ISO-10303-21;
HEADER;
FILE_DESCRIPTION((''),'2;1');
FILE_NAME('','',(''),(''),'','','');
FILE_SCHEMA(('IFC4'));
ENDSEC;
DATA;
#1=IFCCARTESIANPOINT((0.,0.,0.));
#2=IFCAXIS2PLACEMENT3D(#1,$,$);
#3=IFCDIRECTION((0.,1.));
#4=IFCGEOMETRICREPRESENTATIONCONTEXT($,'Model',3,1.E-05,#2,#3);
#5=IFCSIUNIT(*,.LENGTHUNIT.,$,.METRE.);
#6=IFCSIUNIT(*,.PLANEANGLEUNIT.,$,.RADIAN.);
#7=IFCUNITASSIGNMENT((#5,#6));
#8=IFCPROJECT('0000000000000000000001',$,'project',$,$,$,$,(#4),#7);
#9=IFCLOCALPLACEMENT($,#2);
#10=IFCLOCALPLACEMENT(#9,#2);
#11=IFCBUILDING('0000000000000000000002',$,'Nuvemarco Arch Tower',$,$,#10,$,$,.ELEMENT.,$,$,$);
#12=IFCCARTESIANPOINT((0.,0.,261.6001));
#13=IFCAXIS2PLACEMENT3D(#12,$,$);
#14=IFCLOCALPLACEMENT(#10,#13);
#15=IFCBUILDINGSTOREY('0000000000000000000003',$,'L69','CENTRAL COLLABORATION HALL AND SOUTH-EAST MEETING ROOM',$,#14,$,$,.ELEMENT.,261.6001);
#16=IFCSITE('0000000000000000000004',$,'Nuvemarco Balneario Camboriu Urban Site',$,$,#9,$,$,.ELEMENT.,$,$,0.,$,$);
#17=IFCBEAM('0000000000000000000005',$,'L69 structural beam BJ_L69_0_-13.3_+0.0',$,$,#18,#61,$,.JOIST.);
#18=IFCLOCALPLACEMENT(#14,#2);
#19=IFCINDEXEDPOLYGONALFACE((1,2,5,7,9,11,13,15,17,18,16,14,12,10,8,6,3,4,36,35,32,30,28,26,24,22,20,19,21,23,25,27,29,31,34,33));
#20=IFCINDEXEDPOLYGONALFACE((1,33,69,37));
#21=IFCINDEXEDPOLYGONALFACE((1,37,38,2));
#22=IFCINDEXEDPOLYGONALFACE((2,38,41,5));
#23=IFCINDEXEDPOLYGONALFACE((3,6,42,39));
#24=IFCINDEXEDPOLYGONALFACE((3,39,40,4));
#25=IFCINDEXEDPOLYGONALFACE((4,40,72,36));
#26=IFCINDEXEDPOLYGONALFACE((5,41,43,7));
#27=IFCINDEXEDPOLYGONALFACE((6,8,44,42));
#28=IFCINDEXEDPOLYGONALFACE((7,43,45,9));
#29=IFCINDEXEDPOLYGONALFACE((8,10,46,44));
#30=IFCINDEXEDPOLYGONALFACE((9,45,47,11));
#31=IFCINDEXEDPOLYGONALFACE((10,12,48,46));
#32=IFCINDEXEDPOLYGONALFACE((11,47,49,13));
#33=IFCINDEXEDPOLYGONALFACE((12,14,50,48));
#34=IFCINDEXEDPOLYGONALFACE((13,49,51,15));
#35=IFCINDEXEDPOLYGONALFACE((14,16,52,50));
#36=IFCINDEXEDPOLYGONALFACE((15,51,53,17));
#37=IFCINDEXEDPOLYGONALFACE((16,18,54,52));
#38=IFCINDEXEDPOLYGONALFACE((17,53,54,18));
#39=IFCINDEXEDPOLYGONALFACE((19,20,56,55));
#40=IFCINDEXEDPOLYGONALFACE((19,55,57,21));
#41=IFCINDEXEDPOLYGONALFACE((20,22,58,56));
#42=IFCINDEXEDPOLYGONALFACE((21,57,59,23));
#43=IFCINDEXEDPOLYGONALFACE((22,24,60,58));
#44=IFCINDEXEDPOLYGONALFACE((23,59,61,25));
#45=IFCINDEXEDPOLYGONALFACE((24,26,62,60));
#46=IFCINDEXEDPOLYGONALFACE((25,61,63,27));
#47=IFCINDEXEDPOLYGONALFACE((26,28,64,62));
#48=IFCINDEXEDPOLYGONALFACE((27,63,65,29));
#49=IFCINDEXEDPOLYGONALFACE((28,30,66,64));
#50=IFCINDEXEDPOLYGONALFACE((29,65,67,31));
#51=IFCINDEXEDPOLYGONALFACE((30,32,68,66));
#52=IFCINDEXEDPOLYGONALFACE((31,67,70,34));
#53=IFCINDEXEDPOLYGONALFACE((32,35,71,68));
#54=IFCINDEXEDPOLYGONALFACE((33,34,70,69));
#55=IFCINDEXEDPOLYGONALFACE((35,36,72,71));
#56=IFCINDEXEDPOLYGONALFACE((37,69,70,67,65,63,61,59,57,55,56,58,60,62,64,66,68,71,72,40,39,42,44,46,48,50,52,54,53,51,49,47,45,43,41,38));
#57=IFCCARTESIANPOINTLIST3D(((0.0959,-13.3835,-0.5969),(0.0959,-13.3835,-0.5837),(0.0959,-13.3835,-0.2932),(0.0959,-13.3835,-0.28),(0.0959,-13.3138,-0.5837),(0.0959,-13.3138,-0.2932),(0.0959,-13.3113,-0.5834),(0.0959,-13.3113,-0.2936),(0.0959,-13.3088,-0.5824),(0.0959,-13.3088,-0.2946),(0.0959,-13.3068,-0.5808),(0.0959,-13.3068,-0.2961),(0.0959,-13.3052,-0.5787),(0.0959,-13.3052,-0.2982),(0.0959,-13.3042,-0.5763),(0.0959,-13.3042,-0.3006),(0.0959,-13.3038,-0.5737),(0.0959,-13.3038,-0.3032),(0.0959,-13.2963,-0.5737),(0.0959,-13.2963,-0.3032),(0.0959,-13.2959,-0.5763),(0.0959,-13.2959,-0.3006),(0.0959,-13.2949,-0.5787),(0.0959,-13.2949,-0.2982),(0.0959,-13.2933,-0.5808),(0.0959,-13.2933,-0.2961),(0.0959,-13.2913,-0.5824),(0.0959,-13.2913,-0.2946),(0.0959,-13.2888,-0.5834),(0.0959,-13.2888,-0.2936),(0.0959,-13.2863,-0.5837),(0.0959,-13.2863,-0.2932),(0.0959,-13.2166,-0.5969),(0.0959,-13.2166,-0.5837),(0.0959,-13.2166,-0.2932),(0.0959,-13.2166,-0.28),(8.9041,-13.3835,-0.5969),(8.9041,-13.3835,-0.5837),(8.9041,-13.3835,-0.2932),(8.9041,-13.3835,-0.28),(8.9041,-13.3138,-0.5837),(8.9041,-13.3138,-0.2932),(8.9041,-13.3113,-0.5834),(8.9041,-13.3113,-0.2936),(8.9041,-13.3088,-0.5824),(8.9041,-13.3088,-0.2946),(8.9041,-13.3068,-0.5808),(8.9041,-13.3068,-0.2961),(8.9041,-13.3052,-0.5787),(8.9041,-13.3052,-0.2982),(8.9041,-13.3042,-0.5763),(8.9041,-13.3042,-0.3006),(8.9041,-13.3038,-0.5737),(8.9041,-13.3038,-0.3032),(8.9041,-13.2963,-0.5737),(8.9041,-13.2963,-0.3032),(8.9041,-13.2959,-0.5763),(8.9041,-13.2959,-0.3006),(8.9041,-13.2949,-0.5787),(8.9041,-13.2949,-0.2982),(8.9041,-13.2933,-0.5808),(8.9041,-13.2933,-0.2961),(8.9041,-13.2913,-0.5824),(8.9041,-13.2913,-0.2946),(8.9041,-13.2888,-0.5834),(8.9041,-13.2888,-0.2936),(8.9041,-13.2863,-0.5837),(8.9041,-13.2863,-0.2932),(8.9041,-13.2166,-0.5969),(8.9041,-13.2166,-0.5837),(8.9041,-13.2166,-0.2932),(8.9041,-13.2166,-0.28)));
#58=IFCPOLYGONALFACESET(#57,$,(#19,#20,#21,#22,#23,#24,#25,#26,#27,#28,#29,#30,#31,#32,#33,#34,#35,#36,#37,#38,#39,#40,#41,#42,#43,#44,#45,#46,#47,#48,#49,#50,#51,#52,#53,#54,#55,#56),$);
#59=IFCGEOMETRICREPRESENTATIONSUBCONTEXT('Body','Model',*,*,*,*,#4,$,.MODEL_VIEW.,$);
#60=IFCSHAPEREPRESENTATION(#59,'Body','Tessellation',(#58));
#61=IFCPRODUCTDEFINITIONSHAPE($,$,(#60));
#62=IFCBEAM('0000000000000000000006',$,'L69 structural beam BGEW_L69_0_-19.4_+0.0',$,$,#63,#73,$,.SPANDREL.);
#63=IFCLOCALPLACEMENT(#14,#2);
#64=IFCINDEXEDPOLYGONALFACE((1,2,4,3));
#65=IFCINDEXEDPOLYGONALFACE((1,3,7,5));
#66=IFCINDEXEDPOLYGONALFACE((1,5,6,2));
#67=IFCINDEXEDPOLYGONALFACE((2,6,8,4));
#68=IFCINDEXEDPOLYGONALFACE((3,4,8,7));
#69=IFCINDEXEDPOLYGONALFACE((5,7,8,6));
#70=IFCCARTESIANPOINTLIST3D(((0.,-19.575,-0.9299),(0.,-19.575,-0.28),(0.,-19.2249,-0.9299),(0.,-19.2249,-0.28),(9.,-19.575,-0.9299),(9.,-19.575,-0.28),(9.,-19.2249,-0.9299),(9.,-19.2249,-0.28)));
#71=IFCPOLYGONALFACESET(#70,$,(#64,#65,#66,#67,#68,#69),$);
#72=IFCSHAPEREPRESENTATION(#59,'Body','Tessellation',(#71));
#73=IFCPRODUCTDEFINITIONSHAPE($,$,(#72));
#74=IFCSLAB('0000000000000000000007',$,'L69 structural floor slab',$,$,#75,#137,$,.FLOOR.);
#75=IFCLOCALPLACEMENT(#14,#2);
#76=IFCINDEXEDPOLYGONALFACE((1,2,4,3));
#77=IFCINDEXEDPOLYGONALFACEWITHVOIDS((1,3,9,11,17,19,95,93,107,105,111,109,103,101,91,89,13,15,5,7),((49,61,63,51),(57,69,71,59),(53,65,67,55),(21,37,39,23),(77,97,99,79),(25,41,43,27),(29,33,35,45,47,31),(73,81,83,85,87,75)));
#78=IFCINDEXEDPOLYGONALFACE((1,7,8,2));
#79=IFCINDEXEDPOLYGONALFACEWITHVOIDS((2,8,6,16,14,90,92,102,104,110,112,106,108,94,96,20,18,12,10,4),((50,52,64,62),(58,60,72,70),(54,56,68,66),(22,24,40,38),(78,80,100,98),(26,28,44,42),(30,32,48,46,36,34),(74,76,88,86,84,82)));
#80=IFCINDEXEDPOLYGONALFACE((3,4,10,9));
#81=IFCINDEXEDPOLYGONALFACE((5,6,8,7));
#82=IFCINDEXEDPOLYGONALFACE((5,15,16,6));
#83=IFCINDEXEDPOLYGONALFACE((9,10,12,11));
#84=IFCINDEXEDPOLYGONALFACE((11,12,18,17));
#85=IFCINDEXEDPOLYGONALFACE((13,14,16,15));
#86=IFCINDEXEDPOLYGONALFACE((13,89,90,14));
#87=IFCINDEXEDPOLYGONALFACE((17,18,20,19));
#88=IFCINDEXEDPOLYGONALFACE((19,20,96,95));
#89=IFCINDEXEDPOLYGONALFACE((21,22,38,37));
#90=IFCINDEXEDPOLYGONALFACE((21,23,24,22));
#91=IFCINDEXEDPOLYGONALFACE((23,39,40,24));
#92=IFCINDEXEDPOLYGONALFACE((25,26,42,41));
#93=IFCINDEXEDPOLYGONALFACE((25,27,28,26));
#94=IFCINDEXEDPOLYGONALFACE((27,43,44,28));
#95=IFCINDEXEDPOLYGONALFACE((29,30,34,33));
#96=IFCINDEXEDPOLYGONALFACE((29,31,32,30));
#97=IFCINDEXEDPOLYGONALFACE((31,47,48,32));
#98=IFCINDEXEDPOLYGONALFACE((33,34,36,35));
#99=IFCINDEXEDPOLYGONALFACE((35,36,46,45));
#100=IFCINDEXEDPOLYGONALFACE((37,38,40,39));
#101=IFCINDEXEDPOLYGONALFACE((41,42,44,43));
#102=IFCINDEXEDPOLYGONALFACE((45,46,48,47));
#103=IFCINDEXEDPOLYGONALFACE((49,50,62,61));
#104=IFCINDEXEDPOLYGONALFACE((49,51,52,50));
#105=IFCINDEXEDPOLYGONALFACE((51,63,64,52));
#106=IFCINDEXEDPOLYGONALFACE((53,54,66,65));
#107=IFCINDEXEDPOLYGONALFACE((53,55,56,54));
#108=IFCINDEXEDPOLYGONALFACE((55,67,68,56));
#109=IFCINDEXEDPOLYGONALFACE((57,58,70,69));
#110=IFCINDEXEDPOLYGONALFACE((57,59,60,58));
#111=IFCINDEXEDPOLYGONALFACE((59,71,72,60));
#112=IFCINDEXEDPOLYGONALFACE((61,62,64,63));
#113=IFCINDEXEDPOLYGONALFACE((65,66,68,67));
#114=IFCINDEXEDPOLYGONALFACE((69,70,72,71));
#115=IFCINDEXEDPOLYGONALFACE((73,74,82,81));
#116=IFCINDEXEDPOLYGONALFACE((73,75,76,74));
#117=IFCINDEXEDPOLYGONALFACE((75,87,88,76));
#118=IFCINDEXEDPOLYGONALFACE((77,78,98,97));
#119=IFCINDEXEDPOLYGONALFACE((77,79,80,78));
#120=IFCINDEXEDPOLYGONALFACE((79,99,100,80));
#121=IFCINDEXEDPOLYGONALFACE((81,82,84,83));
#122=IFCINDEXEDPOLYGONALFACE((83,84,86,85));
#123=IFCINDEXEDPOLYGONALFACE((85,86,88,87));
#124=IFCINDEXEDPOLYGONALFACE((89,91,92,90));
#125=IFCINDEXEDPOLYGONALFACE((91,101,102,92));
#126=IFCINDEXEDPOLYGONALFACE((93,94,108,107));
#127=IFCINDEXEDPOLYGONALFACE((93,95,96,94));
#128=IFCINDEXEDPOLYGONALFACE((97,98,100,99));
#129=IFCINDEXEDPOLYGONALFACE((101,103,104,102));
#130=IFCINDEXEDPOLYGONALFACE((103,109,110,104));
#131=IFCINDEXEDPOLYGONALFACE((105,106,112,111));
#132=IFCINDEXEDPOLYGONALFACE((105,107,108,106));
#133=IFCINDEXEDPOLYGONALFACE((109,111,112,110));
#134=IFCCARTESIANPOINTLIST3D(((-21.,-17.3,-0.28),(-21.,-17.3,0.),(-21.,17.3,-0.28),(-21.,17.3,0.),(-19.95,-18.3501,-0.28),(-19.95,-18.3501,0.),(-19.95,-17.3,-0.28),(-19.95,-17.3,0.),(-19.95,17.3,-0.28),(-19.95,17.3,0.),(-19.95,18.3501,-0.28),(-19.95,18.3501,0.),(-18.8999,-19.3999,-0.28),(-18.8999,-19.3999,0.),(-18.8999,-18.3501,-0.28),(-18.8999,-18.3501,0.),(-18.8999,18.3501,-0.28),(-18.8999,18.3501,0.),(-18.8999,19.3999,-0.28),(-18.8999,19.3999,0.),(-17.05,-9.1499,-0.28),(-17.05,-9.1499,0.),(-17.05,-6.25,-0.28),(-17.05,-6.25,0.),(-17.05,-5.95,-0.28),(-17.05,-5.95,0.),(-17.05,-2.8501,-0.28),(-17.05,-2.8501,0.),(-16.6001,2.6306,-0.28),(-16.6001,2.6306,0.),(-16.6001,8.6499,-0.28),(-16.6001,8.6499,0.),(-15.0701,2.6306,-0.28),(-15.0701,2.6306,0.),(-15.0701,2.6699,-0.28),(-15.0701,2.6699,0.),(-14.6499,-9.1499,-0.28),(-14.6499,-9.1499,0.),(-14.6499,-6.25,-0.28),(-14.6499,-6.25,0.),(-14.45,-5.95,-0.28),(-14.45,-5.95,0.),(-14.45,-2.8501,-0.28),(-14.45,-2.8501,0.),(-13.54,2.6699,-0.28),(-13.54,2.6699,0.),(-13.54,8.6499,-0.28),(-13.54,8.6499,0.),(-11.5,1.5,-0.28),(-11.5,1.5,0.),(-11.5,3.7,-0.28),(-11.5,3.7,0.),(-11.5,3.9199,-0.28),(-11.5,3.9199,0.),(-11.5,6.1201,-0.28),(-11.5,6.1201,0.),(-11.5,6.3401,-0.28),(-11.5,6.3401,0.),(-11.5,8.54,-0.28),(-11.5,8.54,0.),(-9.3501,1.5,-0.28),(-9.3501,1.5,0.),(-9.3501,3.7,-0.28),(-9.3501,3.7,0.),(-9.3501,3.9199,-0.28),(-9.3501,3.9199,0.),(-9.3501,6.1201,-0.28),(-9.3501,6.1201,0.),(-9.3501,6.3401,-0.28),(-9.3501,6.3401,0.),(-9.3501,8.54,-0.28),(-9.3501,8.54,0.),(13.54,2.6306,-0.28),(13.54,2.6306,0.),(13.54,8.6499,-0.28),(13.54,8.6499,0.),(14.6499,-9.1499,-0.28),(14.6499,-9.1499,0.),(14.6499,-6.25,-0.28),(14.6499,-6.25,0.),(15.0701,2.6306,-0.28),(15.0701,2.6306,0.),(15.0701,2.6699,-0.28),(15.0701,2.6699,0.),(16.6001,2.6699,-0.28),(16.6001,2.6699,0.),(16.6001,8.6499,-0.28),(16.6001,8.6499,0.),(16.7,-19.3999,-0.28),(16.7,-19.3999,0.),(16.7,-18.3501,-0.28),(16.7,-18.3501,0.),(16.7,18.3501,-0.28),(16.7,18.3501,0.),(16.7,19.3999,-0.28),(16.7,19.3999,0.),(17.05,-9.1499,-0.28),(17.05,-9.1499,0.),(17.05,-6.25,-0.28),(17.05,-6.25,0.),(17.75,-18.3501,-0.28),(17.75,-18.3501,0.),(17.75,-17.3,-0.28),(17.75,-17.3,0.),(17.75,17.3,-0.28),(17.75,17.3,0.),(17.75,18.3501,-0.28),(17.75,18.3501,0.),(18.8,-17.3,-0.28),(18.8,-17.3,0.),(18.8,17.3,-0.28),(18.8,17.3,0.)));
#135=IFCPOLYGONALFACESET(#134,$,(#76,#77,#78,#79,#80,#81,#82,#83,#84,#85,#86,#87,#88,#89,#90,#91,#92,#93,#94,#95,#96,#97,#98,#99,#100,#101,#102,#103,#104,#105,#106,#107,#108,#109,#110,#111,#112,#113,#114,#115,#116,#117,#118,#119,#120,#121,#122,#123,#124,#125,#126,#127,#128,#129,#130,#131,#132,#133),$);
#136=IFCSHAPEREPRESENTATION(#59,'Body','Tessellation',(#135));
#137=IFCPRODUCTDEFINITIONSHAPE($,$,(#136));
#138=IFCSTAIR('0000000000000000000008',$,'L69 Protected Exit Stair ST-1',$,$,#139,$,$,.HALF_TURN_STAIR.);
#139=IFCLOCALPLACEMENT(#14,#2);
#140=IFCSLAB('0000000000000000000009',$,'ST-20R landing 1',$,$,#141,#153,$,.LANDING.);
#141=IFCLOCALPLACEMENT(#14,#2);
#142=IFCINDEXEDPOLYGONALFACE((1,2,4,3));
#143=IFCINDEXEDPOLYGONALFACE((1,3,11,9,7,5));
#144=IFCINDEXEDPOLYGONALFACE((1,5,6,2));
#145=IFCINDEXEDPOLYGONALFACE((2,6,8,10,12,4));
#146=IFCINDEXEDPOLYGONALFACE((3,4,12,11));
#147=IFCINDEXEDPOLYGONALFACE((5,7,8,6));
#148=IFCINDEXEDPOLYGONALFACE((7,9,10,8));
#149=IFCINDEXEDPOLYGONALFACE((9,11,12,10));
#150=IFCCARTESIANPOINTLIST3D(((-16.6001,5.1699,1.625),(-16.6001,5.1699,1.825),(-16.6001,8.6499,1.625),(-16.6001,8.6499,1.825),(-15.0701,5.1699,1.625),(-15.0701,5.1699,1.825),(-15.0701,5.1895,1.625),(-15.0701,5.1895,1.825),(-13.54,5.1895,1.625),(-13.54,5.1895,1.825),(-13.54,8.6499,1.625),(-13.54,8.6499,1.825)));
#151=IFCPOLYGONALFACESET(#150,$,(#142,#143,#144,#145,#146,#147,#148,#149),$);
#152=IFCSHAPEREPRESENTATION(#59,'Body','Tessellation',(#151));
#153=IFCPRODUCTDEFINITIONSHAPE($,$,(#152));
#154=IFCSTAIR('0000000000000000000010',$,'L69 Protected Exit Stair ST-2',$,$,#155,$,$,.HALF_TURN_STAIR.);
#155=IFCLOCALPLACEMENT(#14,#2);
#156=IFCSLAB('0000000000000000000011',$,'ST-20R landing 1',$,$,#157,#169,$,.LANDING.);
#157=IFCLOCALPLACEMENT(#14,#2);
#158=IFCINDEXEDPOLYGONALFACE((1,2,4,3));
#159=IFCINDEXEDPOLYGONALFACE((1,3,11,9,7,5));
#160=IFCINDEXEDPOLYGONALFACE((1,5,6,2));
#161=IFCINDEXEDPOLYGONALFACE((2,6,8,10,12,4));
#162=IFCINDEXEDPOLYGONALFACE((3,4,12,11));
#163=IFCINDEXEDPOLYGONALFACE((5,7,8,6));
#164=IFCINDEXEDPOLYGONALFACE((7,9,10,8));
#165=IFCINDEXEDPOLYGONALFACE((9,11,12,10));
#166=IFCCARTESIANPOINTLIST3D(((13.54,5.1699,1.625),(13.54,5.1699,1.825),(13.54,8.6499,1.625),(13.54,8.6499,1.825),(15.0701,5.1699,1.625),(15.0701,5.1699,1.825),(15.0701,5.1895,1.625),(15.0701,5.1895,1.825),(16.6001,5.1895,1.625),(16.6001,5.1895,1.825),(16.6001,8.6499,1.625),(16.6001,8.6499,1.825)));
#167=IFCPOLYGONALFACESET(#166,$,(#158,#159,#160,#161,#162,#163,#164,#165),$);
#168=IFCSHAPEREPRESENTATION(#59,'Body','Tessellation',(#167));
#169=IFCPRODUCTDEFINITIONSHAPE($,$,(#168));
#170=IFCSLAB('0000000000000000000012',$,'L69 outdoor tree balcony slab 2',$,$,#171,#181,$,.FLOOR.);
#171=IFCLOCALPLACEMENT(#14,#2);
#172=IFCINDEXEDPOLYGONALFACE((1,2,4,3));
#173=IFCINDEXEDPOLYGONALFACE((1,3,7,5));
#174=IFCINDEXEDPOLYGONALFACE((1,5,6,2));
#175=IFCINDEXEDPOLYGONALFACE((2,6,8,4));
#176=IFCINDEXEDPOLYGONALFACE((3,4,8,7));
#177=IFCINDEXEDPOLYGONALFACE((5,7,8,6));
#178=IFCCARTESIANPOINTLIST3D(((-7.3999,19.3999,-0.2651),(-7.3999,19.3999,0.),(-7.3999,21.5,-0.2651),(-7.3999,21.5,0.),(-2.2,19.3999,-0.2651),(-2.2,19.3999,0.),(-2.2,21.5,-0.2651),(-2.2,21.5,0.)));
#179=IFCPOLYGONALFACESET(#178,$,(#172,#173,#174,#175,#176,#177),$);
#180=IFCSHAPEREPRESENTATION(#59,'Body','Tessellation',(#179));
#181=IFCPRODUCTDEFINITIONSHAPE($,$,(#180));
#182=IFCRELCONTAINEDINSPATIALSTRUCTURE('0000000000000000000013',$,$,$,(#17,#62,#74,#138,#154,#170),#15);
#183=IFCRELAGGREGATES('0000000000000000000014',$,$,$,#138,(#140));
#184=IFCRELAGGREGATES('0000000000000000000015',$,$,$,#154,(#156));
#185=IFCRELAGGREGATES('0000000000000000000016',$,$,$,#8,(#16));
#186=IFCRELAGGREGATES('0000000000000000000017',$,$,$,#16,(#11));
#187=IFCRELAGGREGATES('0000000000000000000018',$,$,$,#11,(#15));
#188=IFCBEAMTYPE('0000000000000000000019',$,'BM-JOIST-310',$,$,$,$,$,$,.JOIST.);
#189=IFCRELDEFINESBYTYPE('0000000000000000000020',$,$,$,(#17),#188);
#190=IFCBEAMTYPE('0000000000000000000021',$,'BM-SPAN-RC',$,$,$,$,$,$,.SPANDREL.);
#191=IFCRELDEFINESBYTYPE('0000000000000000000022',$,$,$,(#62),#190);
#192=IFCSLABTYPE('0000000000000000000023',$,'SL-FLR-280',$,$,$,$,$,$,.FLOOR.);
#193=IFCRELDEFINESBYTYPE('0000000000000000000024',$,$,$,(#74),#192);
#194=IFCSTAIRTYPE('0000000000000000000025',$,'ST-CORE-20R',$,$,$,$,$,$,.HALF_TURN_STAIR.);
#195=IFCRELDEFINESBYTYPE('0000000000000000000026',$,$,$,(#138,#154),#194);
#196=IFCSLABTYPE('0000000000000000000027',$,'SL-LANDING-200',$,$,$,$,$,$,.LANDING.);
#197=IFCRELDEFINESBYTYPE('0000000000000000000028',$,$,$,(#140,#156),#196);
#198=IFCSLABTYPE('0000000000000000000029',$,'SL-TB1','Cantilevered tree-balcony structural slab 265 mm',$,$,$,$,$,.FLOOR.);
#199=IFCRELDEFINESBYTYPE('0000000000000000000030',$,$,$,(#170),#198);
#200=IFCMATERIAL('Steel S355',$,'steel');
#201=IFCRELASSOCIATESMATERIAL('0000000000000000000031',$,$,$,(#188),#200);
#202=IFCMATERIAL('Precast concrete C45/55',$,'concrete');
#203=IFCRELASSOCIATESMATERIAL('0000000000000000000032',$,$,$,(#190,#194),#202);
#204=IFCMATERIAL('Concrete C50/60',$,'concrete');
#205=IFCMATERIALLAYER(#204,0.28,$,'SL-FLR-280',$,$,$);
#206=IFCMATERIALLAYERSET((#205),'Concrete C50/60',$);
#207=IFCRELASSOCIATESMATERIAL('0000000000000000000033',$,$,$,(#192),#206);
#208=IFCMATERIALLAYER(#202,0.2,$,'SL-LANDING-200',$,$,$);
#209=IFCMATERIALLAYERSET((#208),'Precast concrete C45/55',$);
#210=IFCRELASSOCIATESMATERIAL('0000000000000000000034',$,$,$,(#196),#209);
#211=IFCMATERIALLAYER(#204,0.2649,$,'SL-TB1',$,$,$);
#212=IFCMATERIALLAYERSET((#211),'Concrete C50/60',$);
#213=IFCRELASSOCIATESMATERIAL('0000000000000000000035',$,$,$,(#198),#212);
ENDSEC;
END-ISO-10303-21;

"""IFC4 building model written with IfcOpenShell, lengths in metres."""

from ifc_helpers import new_model, si_unit, direction, frame, origin, origin_2d, place, context, subcontext, project, spatial, polyline, rectangle, i_section, outline, extrude, material, layer, layer_set, material_profile, profile_set, type_object, element, aggregate, save


model = new_model("IFC4")

# Units and contexts
model_context = context("Model", 3, precision=1e-05, world=origin(), true_north=direction((0.0, 1.0)))
body_context = subcontext(model_context, "Body", "Model", "MODEL_VIEW")
ifc_project = project(units=[si_unit("LENGTHUNIT", "METRE"), si_unit("PLANEANGLEUNIT", "RADIAN")], contexts=[model_context])

# Site, building, storey
site_placement = place(None, origin())
site = spatial("IfcSite", under=ifc_project, at=site_placement, Name="Nuvemarco Balneario Camboriu Urban Site", CompositionType="ELEMENT", RefElevation=0.0)
building_placement = place(site_placement, origin())
building = spatial("IfcBuilding", under=site, at=building_placement, Name="Nuvemarco Arch Tower", CompositionType="ELEMENT")
storey_placement = place(building_placement, frame((0.0, 0.0, 261.6001)))
storey = spatial("IfcBuildingStorey", under=building, at=storey_placement, Name="L69", Description="CENTRAL COLLABORATION HALL AND SOUTH-EAST MEETING ROOM", CompositionType="ELEMENT", Elevation=261.6001)

# Shared definitions
ifc_material_1 = material(Name="Steel S355", Category="steel")

# Beams
ifc_material_profile_1 = material_profile(ifc_material_1, i_section(OverallWidth=0.167, OverallDepth=0.3169, WebThickness=0.0076, FlangeThickness=0.0132, FilletRadius=0.01, at=origin_2d()), Name="W310x52")
ifc_profile_set_1 = profile_set([ifc_material_profile_1], Name="Steel S355")
beam_type_1 = type_object("IfcBeamType", Name="BM-JOIST-310", PredefinedType="JOIST", material=ifc_profile_set_1)
beam_1_placement = place(storey_placement, frame((0.0959, -13.3, -0.4385), z_axis=(1.0, 0.0, 0.0), x_axis=(0.0, 1.0, 0.0)))
element("IfcBeam", 1, at=beam_1_placement, inside=storey, type_object=beam_type_1, Name="L69 structural beam BJ_L69_0_-13.3_+0.0", PredefinedType="JOIST", context=body_context, shape_type="SweptSolid", body=[
    extrude(i_section(OverallWidth=0.167, OverallDepth=0.3169, WebThickness=0.0076, FlangeThickness=0.0132, FilletRadius=0.01, at=origin_2d()), origin(), (0.0, 0.0, 1.0), 8.8081),
])
ifc_material_2 = material(Name="Precast concrete C45/55", Category="concrete")
ifc_material_profile_2 = material_profile(ifc_material_2, rectangle(XDim=0.3501, YDim=0.6499, at=origin_2d()), Name="PC-SP-350x650")
ifc_profile_set_2 = profile_set([ifc_material_profile_2], Name="Precast concrete C45/55")
beam_type_2 = type_object("IfcBeamType", Name="BM-SPAN-RC", PredefinedType="SPANDREL", material=ifc_profile_set_2)
beam_2_placement = place(storey_placement, frame((0.0, -19.3999, -0.605), z_axis=(1.0, 0.0, 0.0), x_axis=(0.0, 1.0, 0.0)))
element("IfcBeam", 2, at=beam_2_placement, inside=storey, type_object=beam_type_2, Name="L69 structural beam BGEW_L69_0_-19.4_+0.0", PredefinedType="SPANDREL", context=body_context, shape_type="SweptSolid", body=[
    extrude(rectangle(XDim=0.3501, YDim=0.6499, at=origin_2d()), origin(), (0.0, 0.0, 1.0), 9.0),
])

# Slab
ifc_material_3 = material(Name="Concrete C50/60", Category="concrete")
ifc_layer_1 = layer(ifc_material_3, 0.28, Name="SL-FLR-280")
ifc_layer_set_1 = layer_set([ifc_layer_1], Name="Concrete C50/60")
slab_type_1 = type_object("IfcSlabType", Name="SL-FLR-280", PredefinedType="FLOOR", material=ifc_layer_set_1)
slab_1_placement = place(storey_placement, frame((0.0, 0.0, -0.28)))
element("IfcSlab", 3, at=slab_1_placement, inside=storey, type_object=slab_type_1, Name="L69 structural floor slab", PredefinedType="FLOOR", context=body_context, shape_type="SweptSolid", body=[
    extrude(outline(polyline([(-18.8999, -19.3999), (16.7, -19.3999), (16.7, -18.3501), (17.75, -18.3501), (17.75, -17.3), (18.8, -17.3), (18.8, 17.3), (17.75, 17.3), (17.75, 18.3501), (16.7, 18.3501), (16.7, 19.3999), (-18.8999, 19.3999), (-18.8999, 18.3501), (-19.95, 18.3501), (-19.95, 17.3), (-21.0, 17.3), (-21.0, -17.3), (-19.95, -17.3), (-19.95, -18.3501), (-18.8999, -18.3501), (-18.8999, -19.3999)]), holes=[polyline([(-13.54, 2.6699), (-13.54, 8.6499), (-16.6001, 8.6499), (-16.6001, 2.6306), (-15.0701, 2.6306), (-15.0701, 2.6699), (-13.54, 2.6699)]), polyline([(16.6001, 2.6699), (16.6001, 8.6499), (13.54, 8.6499), (13.54, 2.6306), (15.0701, 2.6306), (15.0701, 2.6699), (16.6001, 2.6699)]), polyline([(-17.05, -9.1499), (-14.6499, -9.1499), (-14.6499, -6.25), (-17.05, -6.25), (-17.05, -9.1499)]), polyline([(-17.05, -5.95), (-14.45, -5.95), (-14.45, -2.8501), (-17.05, -2.8501), (-17.05, -5.95)]), polyline([(-11.5, 1.5), (-9.3501, 1.5), (-9.3501, 3.7), (-11.5, 3.7), (-11.5, 1.5)]), polyline([(-11.5, 3.9199), (-9.3501, 3.9199), (-9.3501, 6.1201), (-11.5, 6.1201), (-11.5, 3.9199)]), polyline([(-11.5, 6.3401), (-9.3501, 6.3401), (-9.3501, 8.54), (-11.5, 8.54), (-11.5, 6.3401)]), polyline([(14.6499, -9.1499), (17.05, -9.1499), (17.05, -6.25), (14.6499, -6.25), (14.6499, -9.1499)])]), origin(), (0.0, 0.0, 1.0), 0.28),
])

# Stairs, slabs
stair_type = type_object("IfcStairType", Name="ST-CORE-20R", PredefinedType="HALF_TURN_STAIR", material=ifc_material_2)
stair_1_placement = place(storey_placement, origin())
stair_1 = element("IfcStair", 4, at=stair_1_placement, inside=storey, type_object=stair_type, Name="L69 Protected Exit Stair ST-1", PredefinedType="HALF_TURN_STAIR")
ifc_layer_2 = layer(ifc_material_2, 0.2, Name="SL-LANDING-200")
ifc_layer_set_2 = layer_set([ifc_layer_2], Name="Precast concrete C45/55")
slab_type_2 = type_object("IfcSlabType", Name="SL-LANDING-200", PredefinedType="LANDING", material=ifc_layer_set_2)
slab_2_placement = place(storey_placement, frame((0.0, 0.0, 1.625)))
slab_2 = element("IfcSlab", 5, at=slab_2_placement, type_object=slab_type_2, Name="ST-20R landing 1", PredefinedType="LANDING", context=body_context, shape_type="SweptSolid", body=[
    extrude(outline(polyline([(-13.54, 5.1895), (-13.54, 8.6499), (-16.6001, 8.6499), (-16.6001, 5.1699), (-15.0701, 5.1699), (-15.0701, 5.1895), (-13.54, 5.1895)])), origin(), (0.0, 0.0, 1.0), 0.2),
])
aggregate(stair_1, [slab_2])
stair_2_placement = place(storey_placement, origin())
stair_2 = element("IfcStair", 6, at=stair_2_placement, inside=storey, type_object=stair_type, Name="L69 Protected Exit Stair ST-2", PredefinedType="HALF_TURN_STAIR")
slab_3_placement = place(storey_placement, frame((0.0, 0.0, 1.625)))
slab_3 = element("IfcSlab", 7, at=slab_3_placement, type_object=slab_type_2, Name="ST-20R landing 1", PredefinedType="LANDING", context=body_context, shape_type="SweptSolid", body=[
    extrude(outline(polyline([(16.6001, 5.1895), (16.6001, 8.6499), (13.54, 8.6499), (13.54, 5.1699), (15.0701, 5.1699), (15.0701, 5.1895), (16.6001, 5.1895)])), origin(), (0.0, 0.0, 1.0), 0.2),
])
aggregate(stair_2, [slab_3])

# Slab
ifc_layer_3 = layer(ifc_material_3, 0.2649, Name="SL-TB1")
ifc_layer_set_3 = layer_set([ifc_layer_3], Name="Concrete C50/60")
slab_type_3 = type_object("IfcSlabType", Name="SL-TB1", Description="Cantilevered tree-balcony structural slab 265 mm", PredefinedType="FLOOR", material=ifc_layer_set_3)
slab_4_placement = place(storey_placement, frame((0.0, 0.0, -0.2651)))
element("IfcSlab", 8, at=slab_4_placement, inside=storey, type_object=slab_type_3, Name="L69 outdoor tree balcony slab 2", PredefinedType="FLOOR", context=body_context, shape_type="SweptSolid", body=[
    extrude(outline(polyline([(-7.3999, 19.3999), (-2.2, 19.3999), (-2.2, 21.5), (-7.3999, 21.5), (-7.3999, 19.3999)])), origin(), (0.0, 0.0, 1.0), 0.2651),
])

save(model, "model.ifc")
